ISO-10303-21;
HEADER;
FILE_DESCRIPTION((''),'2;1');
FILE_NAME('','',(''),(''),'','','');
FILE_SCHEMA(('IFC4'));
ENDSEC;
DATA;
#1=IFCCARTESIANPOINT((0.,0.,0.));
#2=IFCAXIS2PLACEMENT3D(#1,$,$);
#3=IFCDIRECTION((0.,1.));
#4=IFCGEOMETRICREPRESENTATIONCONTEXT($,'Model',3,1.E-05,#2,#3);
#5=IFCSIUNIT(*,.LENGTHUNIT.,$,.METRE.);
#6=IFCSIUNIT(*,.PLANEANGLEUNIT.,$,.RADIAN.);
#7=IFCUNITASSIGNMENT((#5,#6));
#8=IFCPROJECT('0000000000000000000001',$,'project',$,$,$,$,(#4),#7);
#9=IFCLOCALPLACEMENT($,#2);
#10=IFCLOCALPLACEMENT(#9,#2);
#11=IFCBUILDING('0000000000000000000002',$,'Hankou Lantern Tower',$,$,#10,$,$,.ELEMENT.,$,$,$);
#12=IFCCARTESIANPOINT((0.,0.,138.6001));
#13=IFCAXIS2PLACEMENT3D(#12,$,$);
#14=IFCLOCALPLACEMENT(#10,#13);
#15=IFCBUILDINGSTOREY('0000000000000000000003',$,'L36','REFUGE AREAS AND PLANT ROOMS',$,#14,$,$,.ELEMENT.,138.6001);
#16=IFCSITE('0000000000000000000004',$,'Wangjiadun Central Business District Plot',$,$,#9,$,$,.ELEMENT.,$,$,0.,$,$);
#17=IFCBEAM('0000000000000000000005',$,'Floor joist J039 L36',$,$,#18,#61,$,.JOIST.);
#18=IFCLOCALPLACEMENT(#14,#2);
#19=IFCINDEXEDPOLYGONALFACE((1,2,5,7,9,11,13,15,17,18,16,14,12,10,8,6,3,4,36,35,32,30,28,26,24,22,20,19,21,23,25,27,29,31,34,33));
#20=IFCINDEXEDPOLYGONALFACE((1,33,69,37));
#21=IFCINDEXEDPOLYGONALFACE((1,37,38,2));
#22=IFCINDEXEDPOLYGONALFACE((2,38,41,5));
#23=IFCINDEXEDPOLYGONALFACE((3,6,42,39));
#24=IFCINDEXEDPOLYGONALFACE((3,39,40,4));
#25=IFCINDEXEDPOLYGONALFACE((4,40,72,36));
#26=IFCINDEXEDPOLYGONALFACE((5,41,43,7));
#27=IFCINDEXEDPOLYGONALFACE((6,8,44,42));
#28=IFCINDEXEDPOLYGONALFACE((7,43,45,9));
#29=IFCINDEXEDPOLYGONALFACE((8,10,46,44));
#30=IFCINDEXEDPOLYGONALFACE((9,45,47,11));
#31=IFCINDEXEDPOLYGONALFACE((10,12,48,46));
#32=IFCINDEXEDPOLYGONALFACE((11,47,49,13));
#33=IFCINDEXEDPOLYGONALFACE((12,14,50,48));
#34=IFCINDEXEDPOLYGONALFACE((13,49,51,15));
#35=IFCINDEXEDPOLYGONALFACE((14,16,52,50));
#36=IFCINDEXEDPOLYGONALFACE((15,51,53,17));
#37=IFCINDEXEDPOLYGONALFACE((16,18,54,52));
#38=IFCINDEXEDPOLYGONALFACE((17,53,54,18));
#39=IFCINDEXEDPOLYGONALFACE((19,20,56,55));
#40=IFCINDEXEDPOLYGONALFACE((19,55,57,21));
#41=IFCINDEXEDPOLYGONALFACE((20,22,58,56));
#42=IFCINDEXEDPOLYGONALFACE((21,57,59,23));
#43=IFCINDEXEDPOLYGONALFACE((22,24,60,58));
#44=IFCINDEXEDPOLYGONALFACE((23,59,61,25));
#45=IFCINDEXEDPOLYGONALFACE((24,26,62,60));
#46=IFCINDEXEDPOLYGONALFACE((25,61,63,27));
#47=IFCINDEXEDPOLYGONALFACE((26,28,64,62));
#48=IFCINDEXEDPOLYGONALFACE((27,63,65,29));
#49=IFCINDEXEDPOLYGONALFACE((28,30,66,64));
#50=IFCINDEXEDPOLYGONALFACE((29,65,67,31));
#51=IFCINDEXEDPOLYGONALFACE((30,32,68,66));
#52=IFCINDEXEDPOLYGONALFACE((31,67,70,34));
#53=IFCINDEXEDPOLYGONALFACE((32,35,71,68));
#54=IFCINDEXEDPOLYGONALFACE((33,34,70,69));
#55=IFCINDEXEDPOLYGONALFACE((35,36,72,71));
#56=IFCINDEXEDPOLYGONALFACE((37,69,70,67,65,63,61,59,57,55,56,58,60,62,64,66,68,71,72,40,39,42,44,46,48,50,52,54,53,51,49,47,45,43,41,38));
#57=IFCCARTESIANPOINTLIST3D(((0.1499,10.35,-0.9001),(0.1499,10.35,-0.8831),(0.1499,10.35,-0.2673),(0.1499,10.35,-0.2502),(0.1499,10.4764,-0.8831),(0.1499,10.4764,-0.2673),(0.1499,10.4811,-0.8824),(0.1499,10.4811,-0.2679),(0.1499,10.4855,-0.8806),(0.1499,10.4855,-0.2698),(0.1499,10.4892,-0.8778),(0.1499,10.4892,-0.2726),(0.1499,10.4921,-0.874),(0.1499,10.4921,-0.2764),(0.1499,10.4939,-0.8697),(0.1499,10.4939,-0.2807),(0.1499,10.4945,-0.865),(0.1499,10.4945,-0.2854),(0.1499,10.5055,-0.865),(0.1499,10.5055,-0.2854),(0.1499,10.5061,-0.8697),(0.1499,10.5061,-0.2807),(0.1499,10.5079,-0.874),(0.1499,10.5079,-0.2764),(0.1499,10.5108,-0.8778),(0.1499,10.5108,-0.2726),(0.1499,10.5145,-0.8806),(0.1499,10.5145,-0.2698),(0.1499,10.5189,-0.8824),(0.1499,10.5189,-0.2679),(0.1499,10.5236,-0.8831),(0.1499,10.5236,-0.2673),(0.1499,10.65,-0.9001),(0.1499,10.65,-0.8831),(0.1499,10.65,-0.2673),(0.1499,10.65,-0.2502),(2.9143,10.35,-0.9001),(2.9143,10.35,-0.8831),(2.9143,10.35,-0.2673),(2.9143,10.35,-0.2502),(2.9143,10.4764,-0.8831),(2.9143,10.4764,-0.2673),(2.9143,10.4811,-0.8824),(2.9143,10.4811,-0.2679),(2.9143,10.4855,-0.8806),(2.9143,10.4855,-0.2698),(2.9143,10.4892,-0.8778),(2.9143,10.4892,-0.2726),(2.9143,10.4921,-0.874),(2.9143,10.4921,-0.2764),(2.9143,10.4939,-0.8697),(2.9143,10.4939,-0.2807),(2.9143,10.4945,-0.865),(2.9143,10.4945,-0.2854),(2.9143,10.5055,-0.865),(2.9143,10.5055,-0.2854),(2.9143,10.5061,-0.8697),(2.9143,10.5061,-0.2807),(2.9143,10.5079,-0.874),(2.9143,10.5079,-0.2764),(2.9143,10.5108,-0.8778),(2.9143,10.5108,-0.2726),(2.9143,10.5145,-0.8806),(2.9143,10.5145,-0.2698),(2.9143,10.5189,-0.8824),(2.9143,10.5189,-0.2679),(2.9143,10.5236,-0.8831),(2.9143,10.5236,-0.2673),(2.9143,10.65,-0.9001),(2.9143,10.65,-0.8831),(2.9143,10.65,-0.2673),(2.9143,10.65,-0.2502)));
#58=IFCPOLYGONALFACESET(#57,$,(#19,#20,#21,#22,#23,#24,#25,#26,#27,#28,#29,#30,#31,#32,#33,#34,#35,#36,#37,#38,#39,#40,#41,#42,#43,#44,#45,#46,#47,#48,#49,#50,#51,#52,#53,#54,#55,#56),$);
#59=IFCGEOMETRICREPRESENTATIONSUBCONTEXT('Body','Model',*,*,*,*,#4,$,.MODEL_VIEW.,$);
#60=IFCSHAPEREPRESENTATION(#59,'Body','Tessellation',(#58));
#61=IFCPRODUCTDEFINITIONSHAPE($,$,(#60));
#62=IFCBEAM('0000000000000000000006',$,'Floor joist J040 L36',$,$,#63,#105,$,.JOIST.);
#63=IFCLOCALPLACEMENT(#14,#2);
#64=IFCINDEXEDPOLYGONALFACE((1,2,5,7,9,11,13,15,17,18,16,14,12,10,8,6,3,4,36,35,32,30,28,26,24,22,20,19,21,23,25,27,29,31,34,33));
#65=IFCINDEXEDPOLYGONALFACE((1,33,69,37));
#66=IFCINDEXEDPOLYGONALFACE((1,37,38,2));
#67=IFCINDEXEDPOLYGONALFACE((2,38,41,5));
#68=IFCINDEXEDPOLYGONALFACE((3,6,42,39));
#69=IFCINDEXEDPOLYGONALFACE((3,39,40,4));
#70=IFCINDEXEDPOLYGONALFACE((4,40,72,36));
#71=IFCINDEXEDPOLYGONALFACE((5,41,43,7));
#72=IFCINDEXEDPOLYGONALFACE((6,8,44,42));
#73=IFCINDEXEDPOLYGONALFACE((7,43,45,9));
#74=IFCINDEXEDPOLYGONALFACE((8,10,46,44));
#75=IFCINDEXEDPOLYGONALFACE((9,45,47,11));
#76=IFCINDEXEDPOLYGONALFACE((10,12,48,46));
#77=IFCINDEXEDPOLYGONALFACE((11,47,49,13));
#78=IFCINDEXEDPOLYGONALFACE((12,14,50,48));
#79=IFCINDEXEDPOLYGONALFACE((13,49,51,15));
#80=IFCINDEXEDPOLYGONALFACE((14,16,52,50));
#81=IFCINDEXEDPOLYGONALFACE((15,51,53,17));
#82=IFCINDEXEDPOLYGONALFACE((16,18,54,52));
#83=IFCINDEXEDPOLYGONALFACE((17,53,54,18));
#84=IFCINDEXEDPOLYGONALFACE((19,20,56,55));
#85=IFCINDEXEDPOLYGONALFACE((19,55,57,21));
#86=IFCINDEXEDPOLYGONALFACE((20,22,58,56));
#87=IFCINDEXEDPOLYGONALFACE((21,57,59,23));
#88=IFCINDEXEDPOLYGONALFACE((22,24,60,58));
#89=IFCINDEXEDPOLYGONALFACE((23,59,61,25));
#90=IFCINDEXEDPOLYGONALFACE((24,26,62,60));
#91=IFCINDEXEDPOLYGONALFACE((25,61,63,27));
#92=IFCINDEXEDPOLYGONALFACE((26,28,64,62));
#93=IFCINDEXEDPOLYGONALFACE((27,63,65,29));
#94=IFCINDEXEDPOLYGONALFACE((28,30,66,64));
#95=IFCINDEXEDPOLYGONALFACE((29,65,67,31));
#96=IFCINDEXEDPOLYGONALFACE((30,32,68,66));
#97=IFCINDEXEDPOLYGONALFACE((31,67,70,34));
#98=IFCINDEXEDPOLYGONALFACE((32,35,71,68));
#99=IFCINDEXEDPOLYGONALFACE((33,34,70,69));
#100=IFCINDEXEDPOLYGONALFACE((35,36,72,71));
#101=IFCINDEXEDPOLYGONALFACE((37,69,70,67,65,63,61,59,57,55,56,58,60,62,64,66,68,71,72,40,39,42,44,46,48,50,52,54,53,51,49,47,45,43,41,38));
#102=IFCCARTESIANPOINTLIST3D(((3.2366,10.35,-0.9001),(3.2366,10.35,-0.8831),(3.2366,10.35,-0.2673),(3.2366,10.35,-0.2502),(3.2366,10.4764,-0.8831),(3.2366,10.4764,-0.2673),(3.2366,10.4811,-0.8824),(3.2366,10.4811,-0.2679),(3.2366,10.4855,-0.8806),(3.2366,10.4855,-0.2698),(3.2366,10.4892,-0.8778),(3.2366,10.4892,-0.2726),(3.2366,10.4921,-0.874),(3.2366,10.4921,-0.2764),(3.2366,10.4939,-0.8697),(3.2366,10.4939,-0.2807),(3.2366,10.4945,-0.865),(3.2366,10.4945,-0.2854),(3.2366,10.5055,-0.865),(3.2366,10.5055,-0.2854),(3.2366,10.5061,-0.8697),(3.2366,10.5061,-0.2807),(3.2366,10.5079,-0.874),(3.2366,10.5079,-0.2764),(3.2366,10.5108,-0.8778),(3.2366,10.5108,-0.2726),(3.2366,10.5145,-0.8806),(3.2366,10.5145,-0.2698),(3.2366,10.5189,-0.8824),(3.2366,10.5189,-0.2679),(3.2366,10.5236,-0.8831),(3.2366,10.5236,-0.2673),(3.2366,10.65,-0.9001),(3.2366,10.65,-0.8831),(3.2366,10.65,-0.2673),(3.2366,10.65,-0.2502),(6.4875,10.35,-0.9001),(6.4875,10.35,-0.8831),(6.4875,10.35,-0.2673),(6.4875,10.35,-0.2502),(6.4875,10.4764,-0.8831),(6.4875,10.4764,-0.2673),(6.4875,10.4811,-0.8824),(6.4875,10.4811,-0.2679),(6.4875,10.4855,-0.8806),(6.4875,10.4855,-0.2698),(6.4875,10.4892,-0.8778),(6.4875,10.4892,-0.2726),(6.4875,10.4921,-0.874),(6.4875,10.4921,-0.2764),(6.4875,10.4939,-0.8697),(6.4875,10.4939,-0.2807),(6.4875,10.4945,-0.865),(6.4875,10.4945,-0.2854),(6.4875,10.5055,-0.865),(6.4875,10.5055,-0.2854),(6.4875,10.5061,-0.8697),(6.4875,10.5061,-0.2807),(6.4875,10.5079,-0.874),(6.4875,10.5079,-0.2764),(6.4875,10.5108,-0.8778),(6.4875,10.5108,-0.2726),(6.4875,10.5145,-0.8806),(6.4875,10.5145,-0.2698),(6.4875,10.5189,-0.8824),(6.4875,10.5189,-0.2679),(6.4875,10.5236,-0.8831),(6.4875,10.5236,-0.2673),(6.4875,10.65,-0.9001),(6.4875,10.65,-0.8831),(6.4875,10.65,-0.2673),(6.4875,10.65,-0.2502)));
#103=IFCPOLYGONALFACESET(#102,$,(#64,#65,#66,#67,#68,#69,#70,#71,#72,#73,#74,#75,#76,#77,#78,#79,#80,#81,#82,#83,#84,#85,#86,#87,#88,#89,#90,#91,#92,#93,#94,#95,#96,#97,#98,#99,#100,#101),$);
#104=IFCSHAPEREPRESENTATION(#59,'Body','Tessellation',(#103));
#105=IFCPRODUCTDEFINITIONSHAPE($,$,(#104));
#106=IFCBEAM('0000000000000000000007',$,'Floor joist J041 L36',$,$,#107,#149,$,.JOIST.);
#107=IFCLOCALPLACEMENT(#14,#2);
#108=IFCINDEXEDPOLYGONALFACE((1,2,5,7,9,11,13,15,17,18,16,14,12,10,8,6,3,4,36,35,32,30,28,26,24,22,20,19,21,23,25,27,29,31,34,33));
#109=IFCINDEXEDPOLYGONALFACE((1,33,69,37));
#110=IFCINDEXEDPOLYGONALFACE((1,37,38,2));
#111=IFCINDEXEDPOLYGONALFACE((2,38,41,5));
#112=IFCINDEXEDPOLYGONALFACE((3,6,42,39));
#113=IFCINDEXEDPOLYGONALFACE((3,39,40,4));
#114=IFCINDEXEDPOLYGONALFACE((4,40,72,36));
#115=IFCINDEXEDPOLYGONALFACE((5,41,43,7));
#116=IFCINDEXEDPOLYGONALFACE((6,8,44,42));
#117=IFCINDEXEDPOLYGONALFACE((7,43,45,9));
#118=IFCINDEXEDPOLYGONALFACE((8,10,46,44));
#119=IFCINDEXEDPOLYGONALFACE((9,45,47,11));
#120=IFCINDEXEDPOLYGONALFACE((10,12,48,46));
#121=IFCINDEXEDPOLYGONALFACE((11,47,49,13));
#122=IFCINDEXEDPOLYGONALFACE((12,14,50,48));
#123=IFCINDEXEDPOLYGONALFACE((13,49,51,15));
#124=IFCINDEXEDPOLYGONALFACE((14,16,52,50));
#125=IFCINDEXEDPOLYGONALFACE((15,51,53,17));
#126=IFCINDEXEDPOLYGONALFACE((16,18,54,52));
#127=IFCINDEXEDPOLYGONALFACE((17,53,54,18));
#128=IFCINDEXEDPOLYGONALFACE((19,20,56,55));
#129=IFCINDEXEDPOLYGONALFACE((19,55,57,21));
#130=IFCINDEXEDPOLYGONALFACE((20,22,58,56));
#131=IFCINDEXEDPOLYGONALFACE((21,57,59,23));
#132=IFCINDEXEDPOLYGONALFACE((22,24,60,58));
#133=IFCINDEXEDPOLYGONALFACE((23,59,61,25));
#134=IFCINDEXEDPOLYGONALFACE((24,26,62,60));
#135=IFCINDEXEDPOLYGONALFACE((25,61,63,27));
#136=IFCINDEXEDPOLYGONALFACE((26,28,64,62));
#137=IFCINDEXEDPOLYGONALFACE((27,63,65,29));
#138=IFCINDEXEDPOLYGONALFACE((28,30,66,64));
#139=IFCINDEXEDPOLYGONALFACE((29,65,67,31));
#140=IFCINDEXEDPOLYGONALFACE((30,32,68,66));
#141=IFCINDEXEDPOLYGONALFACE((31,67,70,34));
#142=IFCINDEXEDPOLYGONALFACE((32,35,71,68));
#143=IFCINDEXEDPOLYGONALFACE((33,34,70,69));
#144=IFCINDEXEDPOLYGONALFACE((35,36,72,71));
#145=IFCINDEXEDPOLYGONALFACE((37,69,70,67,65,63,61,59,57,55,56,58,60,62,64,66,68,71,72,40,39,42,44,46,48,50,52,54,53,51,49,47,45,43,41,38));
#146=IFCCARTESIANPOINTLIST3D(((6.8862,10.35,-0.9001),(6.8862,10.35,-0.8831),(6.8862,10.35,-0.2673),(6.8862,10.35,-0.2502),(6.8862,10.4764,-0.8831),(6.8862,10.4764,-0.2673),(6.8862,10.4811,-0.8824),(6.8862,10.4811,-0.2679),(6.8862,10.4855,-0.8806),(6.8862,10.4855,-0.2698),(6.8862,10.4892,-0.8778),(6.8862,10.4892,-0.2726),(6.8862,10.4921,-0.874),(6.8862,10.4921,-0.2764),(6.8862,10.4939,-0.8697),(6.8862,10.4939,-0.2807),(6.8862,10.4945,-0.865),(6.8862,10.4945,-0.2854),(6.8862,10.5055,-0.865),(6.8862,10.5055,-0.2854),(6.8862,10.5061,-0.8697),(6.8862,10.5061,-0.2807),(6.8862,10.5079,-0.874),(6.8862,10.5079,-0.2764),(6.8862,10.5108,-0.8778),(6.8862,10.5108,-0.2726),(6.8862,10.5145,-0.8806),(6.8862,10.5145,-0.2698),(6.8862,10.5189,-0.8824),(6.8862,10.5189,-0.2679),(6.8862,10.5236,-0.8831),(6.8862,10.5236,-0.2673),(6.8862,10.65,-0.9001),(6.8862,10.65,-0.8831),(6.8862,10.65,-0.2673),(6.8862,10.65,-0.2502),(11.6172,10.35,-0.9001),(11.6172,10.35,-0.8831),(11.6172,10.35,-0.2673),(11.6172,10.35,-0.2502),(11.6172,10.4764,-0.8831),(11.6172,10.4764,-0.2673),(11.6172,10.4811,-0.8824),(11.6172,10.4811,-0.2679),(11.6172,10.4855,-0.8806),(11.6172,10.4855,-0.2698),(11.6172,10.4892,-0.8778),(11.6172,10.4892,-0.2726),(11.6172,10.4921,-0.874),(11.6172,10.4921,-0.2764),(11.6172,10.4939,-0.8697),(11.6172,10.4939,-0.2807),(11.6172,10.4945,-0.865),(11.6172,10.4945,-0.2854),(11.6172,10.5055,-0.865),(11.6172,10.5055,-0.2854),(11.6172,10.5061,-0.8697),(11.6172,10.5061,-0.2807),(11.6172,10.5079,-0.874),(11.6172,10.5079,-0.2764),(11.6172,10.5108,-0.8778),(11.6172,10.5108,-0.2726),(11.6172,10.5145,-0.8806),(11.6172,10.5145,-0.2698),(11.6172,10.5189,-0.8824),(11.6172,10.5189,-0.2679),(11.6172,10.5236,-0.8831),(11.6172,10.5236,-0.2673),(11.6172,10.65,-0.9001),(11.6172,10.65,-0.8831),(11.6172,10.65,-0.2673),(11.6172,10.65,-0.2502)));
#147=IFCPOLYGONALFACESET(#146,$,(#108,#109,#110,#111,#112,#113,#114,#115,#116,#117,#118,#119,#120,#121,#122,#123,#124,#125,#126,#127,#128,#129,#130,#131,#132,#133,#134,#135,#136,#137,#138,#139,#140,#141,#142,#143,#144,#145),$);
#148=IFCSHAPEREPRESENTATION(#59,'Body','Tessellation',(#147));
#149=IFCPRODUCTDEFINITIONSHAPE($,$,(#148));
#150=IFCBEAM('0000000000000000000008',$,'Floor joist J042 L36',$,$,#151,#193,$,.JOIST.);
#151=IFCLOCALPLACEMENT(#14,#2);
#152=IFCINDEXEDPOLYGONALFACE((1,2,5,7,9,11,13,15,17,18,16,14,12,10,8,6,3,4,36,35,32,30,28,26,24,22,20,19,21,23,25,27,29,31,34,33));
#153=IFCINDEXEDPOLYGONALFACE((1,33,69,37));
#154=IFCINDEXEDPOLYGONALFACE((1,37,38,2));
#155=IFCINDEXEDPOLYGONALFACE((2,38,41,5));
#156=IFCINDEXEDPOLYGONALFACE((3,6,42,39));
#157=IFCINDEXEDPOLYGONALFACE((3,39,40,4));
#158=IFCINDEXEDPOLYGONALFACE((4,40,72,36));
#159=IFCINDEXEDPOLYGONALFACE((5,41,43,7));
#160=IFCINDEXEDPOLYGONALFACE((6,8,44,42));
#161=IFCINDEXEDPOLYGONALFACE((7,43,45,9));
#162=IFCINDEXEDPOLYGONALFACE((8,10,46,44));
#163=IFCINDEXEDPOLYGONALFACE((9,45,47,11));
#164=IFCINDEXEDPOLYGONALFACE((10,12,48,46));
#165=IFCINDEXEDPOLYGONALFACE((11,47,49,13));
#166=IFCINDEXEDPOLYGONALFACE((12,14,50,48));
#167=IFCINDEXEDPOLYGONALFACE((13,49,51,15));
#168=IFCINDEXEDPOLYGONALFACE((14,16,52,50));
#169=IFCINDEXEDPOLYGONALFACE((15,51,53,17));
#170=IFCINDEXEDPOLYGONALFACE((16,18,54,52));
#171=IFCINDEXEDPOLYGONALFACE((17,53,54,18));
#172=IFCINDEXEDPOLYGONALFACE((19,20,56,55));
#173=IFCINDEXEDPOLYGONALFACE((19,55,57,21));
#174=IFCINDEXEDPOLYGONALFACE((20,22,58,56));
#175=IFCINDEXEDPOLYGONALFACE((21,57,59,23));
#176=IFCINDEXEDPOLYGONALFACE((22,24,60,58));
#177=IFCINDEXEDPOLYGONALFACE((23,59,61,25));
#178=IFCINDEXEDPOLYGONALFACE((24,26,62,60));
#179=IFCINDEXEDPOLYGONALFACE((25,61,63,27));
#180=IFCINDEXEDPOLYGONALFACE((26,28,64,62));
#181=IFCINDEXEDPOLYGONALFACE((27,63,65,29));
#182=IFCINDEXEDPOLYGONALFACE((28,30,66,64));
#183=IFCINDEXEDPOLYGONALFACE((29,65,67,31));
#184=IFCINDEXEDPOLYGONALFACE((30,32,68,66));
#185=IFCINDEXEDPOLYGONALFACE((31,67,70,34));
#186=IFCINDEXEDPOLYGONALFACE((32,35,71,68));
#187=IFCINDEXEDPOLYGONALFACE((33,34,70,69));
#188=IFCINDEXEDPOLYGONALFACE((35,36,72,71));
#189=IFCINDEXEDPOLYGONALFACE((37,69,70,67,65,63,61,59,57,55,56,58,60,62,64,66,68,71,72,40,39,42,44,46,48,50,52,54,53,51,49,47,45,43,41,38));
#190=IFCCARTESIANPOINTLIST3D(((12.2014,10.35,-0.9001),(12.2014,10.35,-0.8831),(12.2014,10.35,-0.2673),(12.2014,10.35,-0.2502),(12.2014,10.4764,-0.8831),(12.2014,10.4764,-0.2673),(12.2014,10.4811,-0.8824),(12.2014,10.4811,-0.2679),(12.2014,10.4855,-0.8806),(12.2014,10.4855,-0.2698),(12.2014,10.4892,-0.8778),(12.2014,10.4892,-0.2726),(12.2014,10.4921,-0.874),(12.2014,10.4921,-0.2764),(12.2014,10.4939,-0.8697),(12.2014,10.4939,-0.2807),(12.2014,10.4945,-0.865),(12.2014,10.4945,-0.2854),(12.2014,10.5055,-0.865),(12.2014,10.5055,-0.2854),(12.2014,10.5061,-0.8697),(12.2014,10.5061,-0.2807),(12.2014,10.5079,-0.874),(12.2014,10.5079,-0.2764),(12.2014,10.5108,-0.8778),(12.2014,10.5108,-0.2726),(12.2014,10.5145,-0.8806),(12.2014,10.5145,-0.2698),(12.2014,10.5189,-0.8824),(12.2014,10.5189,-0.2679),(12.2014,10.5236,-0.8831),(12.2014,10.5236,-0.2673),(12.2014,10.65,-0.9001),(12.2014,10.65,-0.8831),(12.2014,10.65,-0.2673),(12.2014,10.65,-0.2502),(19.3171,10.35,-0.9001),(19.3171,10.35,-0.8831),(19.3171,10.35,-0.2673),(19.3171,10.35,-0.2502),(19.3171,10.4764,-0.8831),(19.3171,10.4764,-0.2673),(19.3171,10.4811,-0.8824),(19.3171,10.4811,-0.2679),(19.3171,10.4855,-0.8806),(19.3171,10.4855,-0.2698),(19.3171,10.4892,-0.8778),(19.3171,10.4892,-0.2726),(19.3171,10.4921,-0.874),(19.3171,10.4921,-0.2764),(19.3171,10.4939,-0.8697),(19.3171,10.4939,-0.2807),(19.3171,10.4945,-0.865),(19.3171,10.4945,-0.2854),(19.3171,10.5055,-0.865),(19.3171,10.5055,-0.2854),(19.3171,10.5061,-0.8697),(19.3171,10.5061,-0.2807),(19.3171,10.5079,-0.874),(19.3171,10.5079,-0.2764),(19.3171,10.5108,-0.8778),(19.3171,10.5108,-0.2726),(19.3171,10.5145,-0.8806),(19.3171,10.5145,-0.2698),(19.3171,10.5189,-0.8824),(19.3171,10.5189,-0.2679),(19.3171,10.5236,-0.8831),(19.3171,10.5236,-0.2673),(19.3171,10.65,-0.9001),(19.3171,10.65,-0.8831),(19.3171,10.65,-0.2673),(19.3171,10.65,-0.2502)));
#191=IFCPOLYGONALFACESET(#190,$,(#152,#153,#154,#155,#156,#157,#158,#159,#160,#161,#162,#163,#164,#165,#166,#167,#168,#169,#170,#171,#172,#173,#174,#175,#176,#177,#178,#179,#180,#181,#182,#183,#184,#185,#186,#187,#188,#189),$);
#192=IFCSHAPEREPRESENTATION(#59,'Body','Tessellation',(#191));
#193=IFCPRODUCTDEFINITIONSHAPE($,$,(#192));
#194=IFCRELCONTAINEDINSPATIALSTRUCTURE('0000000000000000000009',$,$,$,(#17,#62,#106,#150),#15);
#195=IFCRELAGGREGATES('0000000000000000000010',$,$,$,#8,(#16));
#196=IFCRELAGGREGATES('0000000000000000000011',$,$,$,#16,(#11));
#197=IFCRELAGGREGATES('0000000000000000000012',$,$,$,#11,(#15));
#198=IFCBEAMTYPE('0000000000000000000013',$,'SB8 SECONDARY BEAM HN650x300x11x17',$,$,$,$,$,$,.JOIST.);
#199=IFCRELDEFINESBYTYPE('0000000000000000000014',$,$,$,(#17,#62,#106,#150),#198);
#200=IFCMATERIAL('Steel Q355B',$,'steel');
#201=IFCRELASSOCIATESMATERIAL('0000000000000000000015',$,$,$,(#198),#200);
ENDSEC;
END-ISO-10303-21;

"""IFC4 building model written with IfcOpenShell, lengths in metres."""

from ifc_helpers import new_model, si_unit, direction, frame, origin, origin_2d, place, context, subcontext, project, spatial, i_section, extrude, material, material_profile, profile_set, type_object, element, save


model = new_model("IFC4")

# Units and contexts
model_context = context("Model", 3, precision=1e-05, world=origin(), true_north=direction((0.0, 1.0)))
body_context = subcontext(model_context, "Body", "Model", "MODEL_VIEW")
ifc_project = project(units=[si_unit("LENGTHUNIT", "METRE"), si_unit("PLANEANGLEUNIT", "RADIAN")], contexts=[model_context])

# Site, building, storey
site_placement = place(None, origin())
site = spatial("IfcSite", under=ifc_project, at=site_placement, Name="Wangjiadun Central Business District Plot", CompositionType="ELEMENT", RefElevation=0.0)
building_placement = place(site_placement, origin())
building = spatial("IfcBuilding", under=site, at=building_placement, Name="Hankou Lantern Tower", CompositionType="ELEMENT")
storey_placement = place(building_placement, frame((0.0, 0.0, 138.6001)))
storey = spatial("IfcBuildingStorey", under=building, at=storey_placement, Name="L36", Description="REFUGE AREAS AND PLANT ROOMS", CompositionType="ELEMENT", Elevation=138.6001)

# Beams
ifc_material_1 = material(Name="Steel Q355B", Category="steel")
ifc_material_profile_1 = material_profile(ifc_material_1, i_section(OverallWidth=0.3, OverallDepth=0.6499, WebThickness=0.011, FlangeThickness=0.0171, FilletRadius=0.0181, at=origin_2d()), Name="HN650x300x11x17")
ifc_profile_set_1 = profile_set([ifc_material_profile_1], Name="Steel Q355B")
beam_type_1 = type_object("IfcBeamType", Name="SB8 SECONDARY BEAM HN650x300x11x17", PredefinedType="JOIST", material=ifc_profile_set_1)
beam_1_placement = place(storey_placement, frame((0.1499, 10.5, -0.5752), z_axis=(1.0, 0.0, 0.0), x_axis=(0.0, 1.0, 0.0)))
element("IfcBeam", 1, at=beam_1_placement, inside=storey, type_object=beam_type_1, Name="Floor joist J039 L36", PredefinedType="JOIST", context=body_context, shape_type="SweptSolid", body=[
    extrude(i_section(OverallWidth=0.3, OverallDepth=0.6499, WebThickness=0.011, FlangeThickness=0.0171, FilletRadius=0.0181, at=origin_2d()), origin(), (0.0, 0.0, 1.0), 2.7644),
])
beam_2_placement = place(storey_placement, frame((3.2366, 10.5, -0.5752), z_axis=(1.0, 0.0, 0.0), x_axis=(0.0, 1.0, 0.0)))
element("IfcBeam", 2, at=beam_2_placement, inside=storey, type_object=beam_type_1, Name="Floor joist J040 L36", PredefinedType="JOIST", context=body_context, shape_type="SweptSolid", body=[
    extrude(i_section(OverallWidth=0.3, OverallDepth=0.6499, WebThickness=0.011, FlangeThickness=0.0171, FilletRadius=0.0181, at=origin_2d()), origin(), (0.0, 0.0, 1.0), 3.251),
])
beam_3_placement = place(storey_placement, frame((6.8862, 10.5, -0.5752), z_axis=(1.0, 0.0, 0.0), x_axis=(0.0, 1.0, 0.0)))
element("IfcBeam", 3, at=beam_3_placement, inside=storey, type_object=beam_type_1, Name="Floor joist J041 L36", PredefinedType="JOIST", context=body_context, shape_type="SweptSolid", body=[
    extrude(i_section(OverallWidth=0.3, OverallDepth=0.6499, WebThickness=0.011, FlangeThickness=0.0171, FilletRadius=0.0181, at=origin_2d()), origin(), (0.0, 0.0, 1.0), 4.731),
])
beam_4_placement = place(storey_placement, frame((12.2014, 10.5, -0.5752), z_axis=(1.0, 0.0, 0.0), x_axis=(0.0, 1.0, 0.0)))
element("IfcBeam", 4, at=beam_4_placement, inside=storey, type_object=beam_type_1, Name="Floor joist J042 L36", PredefinedType="JOIST", context=body_context, shape_type="SweptSolid", body=[
    extrude(i_section(OverallWidth=0.3, OverallDepth=0.6499, WebThickness=0.011, FlangeThickness=0.0171, FilletRadius=0.0181, at=origin_2d()), origin(), (0.0, 0.0, 1.0), 7.1157),
])

save(model, "model.ifc")
